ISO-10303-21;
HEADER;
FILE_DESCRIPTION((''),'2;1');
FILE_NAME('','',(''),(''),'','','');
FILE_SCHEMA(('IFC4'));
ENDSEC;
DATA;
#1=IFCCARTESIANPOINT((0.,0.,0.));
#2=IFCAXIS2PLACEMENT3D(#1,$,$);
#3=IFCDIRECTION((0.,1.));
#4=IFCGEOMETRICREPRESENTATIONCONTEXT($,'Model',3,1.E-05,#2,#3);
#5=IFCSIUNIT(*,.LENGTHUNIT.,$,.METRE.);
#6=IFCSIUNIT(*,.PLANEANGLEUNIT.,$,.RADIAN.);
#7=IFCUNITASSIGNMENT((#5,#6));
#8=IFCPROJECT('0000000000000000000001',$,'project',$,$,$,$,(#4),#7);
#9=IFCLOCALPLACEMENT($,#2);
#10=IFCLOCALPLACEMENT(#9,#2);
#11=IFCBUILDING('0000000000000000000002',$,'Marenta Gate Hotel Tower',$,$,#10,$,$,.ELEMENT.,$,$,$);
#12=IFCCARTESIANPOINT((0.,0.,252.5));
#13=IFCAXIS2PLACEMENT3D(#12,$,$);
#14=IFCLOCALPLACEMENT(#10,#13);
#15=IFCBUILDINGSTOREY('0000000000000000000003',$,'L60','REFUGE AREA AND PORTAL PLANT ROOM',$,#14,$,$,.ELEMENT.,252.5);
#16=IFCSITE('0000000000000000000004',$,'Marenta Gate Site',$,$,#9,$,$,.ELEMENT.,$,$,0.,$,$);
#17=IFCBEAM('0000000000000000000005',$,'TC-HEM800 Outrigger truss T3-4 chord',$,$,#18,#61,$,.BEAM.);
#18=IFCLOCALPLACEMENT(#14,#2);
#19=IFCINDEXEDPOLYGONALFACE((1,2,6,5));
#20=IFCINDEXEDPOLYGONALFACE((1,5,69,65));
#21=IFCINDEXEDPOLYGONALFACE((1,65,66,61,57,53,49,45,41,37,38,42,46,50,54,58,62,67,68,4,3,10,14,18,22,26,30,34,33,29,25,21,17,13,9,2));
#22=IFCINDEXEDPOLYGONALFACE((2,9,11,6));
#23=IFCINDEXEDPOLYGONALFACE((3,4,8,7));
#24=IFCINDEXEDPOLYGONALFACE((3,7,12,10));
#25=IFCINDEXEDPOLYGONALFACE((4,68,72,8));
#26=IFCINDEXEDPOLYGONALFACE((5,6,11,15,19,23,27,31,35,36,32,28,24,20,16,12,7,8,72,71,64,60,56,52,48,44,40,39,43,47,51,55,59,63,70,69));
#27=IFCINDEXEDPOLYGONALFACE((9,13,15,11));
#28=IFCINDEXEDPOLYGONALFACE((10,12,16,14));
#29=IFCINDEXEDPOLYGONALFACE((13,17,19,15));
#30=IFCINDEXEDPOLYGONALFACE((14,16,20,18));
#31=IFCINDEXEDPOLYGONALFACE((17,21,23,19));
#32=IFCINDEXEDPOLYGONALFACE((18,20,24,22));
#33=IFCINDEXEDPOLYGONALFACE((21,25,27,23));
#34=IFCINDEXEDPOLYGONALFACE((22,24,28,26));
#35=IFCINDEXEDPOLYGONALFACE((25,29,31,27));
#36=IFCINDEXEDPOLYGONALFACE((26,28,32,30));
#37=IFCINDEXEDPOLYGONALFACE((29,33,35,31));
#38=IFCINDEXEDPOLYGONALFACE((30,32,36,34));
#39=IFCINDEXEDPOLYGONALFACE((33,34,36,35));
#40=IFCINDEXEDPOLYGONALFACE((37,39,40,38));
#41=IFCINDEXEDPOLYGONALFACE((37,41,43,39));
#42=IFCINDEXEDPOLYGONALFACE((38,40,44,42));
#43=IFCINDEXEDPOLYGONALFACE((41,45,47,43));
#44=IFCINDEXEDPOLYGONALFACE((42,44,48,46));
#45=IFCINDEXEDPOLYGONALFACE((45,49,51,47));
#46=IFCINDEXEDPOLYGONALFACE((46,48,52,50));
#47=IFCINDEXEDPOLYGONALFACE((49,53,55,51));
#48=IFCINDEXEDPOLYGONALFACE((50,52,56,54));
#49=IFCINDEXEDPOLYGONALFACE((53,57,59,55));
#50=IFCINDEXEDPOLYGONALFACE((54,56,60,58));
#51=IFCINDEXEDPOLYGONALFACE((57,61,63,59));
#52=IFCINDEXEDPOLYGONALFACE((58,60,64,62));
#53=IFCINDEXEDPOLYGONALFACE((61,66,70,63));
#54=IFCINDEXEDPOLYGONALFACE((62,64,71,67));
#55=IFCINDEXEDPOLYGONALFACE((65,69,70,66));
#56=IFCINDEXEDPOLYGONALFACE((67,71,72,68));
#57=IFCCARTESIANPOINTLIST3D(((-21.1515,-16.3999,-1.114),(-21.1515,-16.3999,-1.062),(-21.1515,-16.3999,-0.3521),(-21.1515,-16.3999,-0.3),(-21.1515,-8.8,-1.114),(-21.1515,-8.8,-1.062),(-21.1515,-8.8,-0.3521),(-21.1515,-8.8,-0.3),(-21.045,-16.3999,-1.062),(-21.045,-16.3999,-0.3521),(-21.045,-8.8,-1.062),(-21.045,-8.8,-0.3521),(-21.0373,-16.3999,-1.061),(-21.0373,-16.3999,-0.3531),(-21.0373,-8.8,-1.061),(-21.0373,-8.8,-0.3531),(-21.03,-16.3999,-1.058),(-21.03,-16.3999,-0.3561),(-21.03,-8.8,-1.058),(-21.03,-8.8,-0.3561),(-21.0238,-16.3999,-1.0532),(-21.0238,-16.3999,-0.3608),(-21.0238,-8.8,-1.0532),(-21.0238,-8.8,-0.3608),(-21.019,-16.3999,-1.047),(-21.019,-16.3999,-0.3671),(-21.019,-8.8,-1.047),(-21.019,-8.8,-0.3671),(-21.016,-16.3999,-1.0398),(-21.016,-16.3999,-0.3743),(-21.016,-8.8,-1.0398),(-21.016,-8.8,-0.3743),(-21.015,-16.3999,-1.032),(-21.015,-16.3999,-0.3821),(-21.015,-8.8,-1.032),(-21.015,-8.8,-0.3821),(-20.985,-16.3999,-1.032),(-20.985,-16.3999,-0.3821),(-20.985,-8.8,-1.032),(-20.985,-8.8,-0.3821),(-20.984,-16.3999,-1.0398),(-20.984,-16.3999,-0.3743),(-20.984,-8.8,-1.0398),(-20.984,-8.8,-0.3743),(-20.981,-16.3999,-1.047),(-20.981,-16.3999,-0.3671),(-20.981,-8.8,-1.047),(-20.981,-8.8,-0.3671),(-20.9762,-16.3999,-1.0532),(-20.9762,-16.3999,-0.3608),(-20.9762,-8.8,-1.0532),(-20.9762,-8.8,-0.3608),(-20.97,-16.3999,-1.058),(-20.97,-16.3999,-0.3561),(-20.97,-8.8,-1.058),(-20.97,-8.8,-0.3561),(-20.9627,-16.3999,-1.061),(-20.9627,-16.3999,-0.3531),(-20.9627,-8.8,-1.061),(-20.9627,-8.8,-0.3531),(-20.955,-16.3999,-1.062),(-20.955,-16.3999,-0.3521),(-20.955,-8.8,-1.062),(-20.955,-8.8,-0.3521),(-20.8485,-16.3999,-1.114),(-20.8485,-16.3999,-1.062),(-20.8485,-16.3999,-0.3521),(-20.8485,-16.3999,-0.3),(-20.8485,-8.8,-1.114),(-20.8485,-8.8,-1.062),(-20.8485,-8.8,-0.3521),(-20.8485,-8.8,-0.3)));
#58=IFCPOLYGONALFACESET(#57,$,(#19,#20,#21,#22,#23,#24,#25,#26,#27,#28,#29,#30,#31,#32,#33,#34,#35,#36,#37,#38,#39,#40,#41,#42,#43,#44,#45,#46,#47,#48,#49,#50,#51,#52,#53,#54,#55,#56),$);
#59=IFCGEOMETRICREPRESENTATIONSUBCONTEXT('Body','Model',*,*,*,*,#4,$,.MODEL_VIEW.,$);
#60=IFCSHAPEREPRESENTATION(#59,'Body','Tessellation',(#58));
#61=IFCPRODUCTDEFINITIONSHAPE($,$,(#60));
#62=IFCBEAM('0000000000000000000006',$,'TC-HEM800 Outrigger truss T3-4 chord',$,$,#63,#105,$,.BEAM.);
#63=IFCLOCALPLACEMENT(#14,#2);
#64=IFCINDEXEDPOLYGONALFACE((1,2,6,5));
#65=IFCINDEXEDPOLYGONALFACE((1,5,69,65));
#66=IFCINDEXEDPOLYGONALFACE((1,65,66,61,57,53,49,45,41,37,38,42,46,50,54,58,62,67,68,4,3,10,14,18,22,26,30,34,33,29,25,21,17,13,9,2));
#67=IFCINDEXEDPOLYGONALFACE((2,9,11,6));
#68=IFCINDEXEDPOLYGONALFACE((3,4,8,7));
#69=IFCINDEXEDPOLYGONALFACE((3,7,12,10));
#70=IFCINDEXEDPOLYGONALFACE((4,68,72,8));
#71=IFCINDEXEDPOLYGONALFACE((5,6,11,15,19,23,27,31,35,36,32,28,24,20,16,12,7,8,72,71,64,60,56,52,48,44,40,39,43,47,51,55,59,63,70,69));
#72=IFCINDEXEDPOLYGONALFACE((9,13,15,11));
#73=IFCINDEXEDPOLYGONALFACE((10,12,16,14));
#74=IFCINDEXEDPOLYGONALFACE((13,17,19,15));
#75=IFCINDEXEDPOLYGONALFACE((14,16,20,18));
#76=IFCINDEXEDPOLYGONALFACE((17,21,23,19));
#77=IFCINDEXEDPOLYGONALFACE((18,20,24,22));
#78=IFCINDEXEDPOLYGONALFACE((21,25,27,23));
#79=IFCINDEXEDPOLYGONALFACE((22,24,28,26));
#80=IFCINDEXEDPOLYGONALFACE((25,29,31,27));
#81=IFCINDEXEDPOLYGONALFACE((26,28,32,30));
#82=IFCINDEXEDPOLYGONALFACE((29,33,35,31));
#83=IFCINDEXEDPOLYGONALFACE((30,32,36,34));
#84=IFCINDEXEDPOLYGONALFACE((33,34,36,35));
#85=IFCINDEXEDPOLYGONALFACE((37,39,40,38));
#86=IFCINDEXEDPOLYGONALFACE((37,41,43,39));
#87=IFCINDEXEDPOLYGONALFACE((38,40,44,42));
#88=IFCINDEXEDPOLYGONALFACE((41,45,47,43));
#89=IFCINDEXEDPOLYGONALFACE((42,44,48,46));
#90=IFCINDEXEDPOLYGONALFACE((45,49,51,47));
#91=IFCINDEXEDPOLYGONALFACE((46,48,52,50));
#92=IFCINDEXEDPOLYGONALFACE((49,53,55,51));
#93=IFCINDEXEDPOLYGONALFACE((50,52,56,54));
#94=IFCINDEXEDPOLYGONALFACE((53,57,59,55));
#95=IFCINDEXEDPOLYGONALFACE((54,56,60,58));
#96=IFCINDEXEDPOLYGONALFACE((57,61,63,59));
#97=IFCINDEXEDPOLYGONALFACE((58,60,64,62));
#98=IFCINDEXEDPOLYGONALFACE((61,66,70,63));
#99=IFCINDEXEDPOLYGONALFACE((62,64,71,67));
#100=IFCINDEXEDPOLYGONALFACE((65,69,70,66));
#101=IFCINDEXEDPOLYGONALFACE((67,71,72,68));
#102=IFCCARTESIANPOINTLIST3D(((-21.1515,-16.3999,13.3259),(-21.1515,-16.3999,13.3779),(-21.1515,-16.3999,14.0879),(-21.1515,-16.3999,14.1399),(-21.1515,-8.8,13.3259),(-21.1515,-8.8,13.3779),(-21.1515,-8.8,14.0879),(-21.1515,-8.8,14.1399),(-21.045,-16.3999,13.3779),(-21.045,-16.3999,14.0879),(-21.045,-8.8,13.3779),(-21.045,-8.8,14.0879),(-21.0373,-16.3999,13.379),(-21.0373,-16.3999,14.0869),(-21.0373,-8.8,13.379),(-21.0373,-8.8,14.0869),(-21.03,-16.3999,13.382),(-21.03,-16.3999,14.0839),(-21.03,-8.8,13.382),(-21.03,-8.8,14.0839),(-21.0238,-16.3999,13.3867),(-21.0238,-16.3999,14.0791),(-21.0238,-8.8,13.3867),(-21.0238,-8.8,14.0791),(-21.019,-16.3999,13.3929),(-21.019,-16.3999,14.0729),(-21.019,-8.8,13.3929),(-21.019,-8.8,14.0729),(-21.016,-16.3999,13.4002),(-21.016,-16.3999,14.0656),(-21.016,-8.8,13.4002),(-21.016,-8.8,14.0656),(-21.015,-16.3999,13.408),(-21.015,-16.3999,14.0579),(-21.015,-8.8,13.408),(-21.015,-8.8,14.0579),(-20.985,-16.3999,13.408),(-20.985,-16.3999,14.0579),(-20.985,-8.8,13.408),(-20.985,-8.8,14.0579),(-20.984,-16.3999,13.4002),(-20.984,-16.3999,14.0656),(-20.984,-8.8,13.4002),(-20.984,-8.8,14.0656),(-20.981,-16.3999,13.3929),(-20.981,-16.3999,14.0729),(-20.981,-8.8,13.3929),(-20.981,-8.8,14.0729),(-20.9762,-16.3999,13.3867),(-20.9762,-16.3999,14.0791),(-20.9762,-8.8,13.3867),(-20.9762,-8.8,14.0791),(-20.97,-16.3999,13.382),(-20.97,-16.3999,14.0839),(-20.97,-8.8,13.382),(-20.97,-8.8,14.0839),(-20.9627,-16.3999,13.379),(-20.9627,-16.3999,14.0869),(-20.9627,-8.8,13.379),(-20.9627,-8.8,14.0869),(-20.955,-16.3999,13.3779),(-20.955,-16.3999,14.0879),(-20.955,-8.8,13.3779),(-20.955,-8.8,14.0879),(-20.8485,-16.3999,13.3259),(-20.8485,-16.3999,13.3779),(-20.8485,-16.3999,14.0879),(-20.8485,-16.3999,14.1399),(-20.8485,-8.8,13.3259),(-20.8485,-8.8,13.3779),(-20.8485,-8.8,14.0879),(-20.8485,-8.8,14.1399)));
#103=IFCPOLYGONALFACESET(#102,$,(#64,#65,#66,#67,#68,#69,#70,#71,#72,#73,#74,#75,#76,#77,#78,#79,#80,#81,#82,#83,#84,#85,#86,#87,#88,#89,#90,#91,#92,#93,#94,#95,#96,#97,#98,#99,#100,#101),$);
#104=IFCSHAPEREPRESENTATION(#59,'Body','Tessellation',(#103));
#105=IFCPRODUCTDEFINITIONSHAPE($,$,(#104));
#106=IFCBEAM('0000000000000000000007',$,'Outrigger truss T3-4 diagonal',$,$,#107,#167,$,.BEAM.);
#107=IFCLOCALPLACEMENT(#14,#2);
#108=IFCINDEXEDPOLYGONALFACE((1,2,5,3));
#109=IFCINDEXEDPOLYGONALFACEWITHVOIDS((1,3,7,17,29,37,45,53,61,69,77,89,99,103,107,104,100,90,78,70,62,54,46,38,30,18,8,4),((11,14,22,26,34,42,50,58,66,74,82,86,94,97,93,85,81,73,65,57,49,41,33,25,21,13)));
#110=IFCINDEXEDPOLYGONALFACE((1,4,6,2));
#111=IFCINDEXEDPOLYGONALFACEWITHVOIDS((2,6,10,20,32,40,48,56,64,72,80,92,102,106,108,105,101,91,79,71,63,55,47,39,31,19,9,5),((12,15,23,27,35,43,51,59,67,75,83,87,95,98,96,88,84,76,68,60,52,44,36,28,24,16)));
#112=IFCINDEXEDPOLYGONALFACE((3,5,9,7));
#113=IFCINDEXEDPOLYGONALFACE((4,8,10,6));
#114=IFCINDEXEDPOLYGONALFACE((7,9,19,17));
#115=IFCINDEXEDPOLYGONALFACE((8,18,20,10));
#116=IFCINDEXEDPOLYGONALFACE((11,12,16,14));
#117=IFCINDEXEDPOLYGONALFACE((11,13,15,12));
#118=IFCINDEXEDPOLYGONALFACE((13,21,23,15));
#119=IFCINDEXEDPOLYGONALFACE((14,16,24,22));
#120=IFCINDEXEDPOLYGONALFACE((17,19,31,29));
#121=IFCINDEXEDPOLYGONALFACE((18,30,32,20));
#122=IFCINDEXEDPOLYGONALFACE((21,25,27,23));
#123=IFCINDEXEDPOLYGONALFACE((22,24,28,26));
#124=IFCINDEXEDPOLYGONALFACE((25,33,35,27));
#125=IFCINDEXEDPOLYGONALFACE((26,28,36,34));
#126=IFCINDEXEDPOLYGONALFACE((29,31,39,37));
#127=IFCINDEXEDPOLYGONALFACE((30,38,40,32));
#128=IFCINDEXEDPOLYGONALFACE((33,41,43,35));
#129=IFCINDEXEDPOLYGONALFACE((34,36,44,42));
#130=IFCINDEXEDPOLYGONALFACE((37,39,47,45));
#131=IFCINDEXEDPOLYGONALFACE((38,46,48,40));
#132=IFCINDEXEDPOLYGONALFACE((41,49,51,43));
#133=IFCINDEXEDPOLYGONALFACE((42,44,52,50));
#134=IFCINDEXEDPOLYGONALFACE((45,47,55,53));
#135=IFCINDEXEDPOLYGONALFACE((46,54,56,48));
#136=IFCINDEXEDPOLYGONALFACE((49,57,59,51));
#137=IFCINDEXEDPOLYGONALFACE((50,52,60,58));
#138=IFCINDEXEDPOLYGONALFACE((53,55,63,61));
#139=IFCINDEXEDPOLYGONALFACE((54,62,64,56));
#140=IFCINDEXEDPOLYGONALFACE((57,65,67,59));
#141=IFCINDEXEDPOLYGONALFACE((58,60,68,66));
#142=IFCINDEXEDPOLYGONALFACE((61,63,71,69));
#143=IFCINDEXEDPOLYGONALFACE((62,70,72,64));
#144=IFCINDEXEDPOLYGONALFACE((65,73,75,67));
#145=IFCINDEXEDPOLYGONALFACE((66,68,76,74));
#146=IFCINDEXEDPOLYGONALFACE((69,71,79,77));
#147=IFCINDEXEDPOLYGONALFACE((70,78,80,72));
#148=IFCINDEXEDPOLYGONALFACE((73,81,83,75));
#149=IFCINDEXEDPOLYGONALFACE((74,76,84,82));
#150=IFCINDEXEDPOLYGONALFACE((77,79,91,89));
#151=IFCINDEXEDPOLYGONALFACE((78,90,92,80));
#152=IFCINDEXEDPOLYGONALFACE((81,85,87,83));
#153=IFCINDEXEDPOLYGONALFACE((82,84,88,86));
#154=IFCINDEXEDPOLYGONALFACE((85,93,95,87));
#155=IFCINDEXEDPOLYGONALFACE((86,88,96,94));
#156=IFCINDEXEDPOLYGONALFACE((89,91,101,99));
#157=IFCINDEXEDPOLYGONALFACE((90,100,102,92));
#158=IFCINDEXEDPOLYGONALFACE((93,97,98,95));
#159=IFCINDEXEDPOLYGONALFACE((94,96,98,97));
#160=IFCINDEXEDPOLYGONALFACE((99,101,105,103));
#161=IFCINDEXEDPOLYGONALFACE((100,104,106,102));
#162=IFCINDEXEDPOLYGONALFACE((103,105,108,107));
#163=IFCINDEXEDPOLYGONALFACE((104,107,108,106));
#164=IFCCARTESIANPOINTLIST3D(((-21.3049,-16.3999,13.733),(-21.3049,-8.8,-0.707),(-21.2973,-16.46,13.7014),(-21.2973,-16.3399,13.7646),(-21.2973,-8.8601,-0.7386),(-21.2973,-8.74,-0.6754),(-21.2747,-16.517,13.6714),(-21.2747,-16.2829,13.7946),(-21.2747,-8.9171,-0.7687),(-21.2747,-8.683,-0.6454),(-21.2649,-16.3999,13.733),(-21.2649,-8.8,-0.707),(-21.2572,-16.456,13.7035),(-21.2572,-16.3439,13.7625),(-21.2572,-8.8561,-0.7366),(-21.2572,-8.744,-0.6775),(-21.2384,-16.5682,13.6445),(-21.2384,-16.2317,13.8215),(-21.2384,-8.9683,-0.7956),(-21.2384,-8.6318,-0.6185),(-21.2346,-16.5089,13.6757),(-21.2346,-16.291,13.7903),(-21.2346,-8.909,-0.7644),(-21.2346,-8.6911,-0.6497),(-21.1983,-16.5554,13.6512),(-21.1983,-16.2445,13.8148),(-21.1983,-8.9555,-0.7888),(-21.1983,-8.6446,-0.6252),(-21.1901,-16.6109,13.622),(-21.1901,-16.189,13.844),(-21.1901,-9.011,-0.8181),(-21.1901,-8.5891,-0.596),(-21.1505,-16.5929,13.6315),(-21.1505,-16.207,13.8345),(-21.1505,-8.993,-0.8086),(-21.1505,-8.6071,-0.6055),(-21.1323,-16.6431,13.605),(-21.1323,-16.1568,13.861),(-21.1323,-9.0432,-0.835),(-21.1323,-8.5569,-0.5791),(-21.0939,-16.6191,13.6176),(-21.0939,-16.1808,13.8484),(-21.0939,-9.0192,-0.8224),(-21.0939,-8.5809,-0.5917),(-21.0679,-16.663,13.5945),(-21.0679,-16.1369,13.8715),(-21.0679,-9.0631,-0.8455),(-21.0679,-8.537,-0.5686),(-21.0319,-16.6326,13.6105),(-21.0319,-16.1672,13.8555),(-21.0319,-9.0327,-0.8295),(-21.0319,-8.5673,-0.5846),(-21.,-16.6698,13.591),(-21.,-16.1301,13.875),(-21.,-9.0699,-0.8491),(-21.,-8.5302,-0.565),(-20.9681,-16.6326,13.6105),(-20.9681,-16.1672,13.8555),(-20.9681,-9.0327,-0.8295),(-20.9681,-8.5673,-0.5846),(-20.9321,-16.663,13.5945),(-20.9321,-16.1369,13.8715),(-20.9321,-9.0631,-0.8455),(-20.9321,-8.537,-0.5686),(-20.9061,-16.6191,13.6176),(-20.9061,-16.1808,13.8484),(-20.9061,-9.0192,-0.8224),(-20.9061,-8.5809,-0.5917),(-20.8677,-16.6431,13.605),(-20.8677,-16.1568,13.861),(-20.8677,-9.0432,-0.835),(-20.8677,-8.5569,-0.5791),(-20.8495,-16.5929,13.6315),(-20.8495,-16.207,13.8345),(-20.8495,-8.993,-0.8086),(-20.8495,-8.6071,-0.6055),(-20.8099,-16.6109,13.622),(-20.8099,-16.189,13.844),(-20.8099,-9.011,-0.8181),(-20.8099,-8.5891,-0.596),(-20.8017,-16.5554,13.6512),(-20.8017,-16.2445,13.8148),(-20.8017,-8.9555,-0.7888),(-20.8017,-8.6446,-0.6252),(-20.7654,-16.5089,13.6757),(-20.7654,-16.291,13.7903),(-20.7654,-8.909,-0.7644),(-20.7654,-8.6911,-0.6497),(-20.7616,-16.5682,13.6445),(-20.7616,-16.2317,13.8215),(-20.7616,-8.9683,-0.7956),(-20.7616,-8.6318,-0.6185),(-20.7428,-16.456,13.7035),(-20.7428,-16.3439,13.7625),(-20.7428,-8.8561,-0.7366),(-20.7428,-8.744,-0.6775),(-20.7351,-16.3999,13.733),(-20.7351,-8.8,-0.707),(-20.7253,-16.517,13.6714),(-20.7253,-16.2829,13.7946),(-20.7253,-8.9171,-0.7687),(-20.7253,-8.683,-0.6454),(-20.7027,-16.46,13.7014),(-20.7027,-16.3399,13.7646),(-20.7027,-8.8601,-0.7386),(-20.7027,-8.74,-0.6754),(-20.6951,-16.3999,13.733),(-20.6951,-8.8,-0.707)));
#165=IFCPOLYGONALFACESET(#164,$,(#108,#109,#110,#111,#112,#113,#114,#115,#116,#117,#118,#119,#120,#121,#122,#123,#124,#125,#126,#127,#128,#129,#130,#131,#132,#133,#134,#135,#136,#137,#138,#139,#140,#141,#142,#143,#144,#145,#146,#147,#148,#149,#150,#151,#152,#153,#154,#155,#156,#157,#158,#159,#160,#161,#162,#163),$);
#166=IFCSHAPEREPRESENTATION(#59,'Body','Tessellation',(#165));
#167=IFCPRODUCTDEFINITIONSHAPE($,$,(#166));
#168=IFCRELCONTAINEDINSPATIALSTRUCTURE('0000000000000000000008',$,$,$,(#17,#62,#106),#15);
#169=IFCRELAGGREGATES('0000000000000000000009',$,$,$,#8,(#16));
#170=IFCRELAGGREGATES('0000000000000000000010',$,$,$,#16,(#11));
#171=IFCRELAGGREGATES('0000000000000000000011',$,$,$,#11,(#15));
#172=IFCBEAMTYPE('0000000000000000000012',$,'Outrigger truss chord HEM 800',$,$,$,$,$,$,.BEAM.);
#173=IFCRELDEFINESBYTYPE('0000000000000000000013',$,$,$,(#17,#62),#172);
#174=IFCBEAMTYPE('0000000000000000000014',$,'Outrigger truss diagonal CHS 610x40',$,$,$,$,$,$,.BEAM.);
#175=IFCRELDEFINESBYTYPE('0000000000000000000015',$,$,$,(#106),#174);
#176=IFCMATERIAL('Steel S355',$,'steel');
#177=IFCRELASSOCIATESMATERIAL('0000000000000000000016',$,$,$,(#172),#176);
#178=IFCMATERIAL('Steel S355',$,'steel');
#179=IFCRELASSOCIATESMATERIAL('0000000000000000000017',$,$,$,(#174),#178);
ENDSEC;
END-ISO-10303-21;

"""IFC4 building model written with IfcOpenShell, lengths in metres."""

from ifc_helpers import new_model, si_unit, direction, frame, origin, origin_2d, place, context, subcontext, project, spatial, hollow_circle, i_section, extrude, material, material_profile, profile_set, type_object, element, save


model = new_model("IFC4")

# Units and contexts
model_context = context("Model", 3, precision=1e-05, world=origin(), true_north=direction((0.0, 1.0)))
body_context = subcontext(model_context, "Body", "Model", "MODEL_VIEW")
ifc_project = project(units=[si_unit("LENGTHUNIT", "METRE"), si_unit("PLANEANGLEUNIT", "RADIAN")], contexts=[model_context])

# Site, building, storey
site_placement = place(None, origin())
site = spatial("IfcSite", under=ifc_project, at=site_placement, Name="Marenta Gate Site", CompositionType="ELEMENT", RefElevation=0.0)
building_placement = place(site_placement, origin())
building = spatial("IfcBuilding", under=site, at=building_placement, Name="Marenta Gate Hotel Tower", CompositionType="ELEMENT")
storey_placement = place(building_placement, frame((0.0, 0.0, 252.5)))
storey = spatial("IfcBuildingStorey", under=building, at=storey_placement, Name="L60", Description="REFUGE AREA AND PORTAL PLANT ROOM", CompositionType="ELEMENT", Elevation=252.5)

# Beams
ifc_material_1 = material(Name="Steel S355", Category="steel")
ifc_material_profile_1 = material_profile(ifc_material_1, i_section(OverallWidth=0.303, OverallDepth=0.814, WebThickness=0.03, FlangeThickness=0.052, FilletRadius=0.03, at=origin_2d()), Name="HEM 800")
ifc_profile_set_1 = profile_set([ifc_material_profile_1], Name="Steel S355")
beam_type_1 = type_object("IfcBeamType", Name="Outrigger truss chord HEM 800", PredefinedType="BEAM", material=ifc_profile_set_1)
for number, where, z_axis, x_axis, name in (
    (1, (-21.0, -8.8, -0.707), (0.0, -1.0, 0.0), (1.0, 0.0, 0.0), "TC-HEM800 Outrigger truss T3-4 chord"),
    (2, (-21.0, -8.8, 13.7329), (0.0, -1.0, 0.0), (1.0, 0.0, 0.0), "TC-HEM800 Outrigger truss T3-4 chord"),
):
    element("IfcBeam", number, at=place(storey_placement, frame(where, z_axis=z_axis, x_axis=x_axis)), inside=storey, type_object=beam_type_1, Name=name, PredefinedType="BEAM", context=body_context, shape_type="SweptSolid", body=[
        extrude(i_section(OverallWidth=0.303, OverallDepth=0.814, WebThickness=0.03, FlangeThickness=0.052, FilletRadius=0.03, at=origin_2d()), origin(), (0.0, 0.0, 1.0), 7.5999),
    ])
ifc_material_2 = material(Name="Steel S355", Category="steel")
ifc_material_profile_2 = material_profile(ifc_material_2, hollow_circle(Radius=0.3049, WallThickness=0.04, at=origin_2d()), Name="CHS 610x40")
ifc_profile_set_2 = profile_set([ifc_material_profile_2], Name="Steel S355")
beam_type_2 = type_object("IfcBeamType", Name="Outrigger truss diagonal CHS 610x40", PredefinedType="BEAM", material=ifc_profile_set_2)
beam_1_placement = place(storey_placement, frame((-21.0, -8.8, -0.707), z_axis=(0.0, -0.465741, 0.884921), x_axis=(1.0, 0.0, 0.0)))
element("IfcBeam", 3, at=beam_1_placement, inside=storey, type_object=beam_type_2, Name="Outrigger truss T3-4 diagonal", PredefinedType="BEAM", context=body_context, shape_type="SweptSolid", body=[
    extrude(hollow_circle(Radius=0.3049, WallThickness=0.04, at=origin_2d()), origin(), (0.0, 0.0, 1.0), 16.3179),
])

save(model, "model.ifc")
